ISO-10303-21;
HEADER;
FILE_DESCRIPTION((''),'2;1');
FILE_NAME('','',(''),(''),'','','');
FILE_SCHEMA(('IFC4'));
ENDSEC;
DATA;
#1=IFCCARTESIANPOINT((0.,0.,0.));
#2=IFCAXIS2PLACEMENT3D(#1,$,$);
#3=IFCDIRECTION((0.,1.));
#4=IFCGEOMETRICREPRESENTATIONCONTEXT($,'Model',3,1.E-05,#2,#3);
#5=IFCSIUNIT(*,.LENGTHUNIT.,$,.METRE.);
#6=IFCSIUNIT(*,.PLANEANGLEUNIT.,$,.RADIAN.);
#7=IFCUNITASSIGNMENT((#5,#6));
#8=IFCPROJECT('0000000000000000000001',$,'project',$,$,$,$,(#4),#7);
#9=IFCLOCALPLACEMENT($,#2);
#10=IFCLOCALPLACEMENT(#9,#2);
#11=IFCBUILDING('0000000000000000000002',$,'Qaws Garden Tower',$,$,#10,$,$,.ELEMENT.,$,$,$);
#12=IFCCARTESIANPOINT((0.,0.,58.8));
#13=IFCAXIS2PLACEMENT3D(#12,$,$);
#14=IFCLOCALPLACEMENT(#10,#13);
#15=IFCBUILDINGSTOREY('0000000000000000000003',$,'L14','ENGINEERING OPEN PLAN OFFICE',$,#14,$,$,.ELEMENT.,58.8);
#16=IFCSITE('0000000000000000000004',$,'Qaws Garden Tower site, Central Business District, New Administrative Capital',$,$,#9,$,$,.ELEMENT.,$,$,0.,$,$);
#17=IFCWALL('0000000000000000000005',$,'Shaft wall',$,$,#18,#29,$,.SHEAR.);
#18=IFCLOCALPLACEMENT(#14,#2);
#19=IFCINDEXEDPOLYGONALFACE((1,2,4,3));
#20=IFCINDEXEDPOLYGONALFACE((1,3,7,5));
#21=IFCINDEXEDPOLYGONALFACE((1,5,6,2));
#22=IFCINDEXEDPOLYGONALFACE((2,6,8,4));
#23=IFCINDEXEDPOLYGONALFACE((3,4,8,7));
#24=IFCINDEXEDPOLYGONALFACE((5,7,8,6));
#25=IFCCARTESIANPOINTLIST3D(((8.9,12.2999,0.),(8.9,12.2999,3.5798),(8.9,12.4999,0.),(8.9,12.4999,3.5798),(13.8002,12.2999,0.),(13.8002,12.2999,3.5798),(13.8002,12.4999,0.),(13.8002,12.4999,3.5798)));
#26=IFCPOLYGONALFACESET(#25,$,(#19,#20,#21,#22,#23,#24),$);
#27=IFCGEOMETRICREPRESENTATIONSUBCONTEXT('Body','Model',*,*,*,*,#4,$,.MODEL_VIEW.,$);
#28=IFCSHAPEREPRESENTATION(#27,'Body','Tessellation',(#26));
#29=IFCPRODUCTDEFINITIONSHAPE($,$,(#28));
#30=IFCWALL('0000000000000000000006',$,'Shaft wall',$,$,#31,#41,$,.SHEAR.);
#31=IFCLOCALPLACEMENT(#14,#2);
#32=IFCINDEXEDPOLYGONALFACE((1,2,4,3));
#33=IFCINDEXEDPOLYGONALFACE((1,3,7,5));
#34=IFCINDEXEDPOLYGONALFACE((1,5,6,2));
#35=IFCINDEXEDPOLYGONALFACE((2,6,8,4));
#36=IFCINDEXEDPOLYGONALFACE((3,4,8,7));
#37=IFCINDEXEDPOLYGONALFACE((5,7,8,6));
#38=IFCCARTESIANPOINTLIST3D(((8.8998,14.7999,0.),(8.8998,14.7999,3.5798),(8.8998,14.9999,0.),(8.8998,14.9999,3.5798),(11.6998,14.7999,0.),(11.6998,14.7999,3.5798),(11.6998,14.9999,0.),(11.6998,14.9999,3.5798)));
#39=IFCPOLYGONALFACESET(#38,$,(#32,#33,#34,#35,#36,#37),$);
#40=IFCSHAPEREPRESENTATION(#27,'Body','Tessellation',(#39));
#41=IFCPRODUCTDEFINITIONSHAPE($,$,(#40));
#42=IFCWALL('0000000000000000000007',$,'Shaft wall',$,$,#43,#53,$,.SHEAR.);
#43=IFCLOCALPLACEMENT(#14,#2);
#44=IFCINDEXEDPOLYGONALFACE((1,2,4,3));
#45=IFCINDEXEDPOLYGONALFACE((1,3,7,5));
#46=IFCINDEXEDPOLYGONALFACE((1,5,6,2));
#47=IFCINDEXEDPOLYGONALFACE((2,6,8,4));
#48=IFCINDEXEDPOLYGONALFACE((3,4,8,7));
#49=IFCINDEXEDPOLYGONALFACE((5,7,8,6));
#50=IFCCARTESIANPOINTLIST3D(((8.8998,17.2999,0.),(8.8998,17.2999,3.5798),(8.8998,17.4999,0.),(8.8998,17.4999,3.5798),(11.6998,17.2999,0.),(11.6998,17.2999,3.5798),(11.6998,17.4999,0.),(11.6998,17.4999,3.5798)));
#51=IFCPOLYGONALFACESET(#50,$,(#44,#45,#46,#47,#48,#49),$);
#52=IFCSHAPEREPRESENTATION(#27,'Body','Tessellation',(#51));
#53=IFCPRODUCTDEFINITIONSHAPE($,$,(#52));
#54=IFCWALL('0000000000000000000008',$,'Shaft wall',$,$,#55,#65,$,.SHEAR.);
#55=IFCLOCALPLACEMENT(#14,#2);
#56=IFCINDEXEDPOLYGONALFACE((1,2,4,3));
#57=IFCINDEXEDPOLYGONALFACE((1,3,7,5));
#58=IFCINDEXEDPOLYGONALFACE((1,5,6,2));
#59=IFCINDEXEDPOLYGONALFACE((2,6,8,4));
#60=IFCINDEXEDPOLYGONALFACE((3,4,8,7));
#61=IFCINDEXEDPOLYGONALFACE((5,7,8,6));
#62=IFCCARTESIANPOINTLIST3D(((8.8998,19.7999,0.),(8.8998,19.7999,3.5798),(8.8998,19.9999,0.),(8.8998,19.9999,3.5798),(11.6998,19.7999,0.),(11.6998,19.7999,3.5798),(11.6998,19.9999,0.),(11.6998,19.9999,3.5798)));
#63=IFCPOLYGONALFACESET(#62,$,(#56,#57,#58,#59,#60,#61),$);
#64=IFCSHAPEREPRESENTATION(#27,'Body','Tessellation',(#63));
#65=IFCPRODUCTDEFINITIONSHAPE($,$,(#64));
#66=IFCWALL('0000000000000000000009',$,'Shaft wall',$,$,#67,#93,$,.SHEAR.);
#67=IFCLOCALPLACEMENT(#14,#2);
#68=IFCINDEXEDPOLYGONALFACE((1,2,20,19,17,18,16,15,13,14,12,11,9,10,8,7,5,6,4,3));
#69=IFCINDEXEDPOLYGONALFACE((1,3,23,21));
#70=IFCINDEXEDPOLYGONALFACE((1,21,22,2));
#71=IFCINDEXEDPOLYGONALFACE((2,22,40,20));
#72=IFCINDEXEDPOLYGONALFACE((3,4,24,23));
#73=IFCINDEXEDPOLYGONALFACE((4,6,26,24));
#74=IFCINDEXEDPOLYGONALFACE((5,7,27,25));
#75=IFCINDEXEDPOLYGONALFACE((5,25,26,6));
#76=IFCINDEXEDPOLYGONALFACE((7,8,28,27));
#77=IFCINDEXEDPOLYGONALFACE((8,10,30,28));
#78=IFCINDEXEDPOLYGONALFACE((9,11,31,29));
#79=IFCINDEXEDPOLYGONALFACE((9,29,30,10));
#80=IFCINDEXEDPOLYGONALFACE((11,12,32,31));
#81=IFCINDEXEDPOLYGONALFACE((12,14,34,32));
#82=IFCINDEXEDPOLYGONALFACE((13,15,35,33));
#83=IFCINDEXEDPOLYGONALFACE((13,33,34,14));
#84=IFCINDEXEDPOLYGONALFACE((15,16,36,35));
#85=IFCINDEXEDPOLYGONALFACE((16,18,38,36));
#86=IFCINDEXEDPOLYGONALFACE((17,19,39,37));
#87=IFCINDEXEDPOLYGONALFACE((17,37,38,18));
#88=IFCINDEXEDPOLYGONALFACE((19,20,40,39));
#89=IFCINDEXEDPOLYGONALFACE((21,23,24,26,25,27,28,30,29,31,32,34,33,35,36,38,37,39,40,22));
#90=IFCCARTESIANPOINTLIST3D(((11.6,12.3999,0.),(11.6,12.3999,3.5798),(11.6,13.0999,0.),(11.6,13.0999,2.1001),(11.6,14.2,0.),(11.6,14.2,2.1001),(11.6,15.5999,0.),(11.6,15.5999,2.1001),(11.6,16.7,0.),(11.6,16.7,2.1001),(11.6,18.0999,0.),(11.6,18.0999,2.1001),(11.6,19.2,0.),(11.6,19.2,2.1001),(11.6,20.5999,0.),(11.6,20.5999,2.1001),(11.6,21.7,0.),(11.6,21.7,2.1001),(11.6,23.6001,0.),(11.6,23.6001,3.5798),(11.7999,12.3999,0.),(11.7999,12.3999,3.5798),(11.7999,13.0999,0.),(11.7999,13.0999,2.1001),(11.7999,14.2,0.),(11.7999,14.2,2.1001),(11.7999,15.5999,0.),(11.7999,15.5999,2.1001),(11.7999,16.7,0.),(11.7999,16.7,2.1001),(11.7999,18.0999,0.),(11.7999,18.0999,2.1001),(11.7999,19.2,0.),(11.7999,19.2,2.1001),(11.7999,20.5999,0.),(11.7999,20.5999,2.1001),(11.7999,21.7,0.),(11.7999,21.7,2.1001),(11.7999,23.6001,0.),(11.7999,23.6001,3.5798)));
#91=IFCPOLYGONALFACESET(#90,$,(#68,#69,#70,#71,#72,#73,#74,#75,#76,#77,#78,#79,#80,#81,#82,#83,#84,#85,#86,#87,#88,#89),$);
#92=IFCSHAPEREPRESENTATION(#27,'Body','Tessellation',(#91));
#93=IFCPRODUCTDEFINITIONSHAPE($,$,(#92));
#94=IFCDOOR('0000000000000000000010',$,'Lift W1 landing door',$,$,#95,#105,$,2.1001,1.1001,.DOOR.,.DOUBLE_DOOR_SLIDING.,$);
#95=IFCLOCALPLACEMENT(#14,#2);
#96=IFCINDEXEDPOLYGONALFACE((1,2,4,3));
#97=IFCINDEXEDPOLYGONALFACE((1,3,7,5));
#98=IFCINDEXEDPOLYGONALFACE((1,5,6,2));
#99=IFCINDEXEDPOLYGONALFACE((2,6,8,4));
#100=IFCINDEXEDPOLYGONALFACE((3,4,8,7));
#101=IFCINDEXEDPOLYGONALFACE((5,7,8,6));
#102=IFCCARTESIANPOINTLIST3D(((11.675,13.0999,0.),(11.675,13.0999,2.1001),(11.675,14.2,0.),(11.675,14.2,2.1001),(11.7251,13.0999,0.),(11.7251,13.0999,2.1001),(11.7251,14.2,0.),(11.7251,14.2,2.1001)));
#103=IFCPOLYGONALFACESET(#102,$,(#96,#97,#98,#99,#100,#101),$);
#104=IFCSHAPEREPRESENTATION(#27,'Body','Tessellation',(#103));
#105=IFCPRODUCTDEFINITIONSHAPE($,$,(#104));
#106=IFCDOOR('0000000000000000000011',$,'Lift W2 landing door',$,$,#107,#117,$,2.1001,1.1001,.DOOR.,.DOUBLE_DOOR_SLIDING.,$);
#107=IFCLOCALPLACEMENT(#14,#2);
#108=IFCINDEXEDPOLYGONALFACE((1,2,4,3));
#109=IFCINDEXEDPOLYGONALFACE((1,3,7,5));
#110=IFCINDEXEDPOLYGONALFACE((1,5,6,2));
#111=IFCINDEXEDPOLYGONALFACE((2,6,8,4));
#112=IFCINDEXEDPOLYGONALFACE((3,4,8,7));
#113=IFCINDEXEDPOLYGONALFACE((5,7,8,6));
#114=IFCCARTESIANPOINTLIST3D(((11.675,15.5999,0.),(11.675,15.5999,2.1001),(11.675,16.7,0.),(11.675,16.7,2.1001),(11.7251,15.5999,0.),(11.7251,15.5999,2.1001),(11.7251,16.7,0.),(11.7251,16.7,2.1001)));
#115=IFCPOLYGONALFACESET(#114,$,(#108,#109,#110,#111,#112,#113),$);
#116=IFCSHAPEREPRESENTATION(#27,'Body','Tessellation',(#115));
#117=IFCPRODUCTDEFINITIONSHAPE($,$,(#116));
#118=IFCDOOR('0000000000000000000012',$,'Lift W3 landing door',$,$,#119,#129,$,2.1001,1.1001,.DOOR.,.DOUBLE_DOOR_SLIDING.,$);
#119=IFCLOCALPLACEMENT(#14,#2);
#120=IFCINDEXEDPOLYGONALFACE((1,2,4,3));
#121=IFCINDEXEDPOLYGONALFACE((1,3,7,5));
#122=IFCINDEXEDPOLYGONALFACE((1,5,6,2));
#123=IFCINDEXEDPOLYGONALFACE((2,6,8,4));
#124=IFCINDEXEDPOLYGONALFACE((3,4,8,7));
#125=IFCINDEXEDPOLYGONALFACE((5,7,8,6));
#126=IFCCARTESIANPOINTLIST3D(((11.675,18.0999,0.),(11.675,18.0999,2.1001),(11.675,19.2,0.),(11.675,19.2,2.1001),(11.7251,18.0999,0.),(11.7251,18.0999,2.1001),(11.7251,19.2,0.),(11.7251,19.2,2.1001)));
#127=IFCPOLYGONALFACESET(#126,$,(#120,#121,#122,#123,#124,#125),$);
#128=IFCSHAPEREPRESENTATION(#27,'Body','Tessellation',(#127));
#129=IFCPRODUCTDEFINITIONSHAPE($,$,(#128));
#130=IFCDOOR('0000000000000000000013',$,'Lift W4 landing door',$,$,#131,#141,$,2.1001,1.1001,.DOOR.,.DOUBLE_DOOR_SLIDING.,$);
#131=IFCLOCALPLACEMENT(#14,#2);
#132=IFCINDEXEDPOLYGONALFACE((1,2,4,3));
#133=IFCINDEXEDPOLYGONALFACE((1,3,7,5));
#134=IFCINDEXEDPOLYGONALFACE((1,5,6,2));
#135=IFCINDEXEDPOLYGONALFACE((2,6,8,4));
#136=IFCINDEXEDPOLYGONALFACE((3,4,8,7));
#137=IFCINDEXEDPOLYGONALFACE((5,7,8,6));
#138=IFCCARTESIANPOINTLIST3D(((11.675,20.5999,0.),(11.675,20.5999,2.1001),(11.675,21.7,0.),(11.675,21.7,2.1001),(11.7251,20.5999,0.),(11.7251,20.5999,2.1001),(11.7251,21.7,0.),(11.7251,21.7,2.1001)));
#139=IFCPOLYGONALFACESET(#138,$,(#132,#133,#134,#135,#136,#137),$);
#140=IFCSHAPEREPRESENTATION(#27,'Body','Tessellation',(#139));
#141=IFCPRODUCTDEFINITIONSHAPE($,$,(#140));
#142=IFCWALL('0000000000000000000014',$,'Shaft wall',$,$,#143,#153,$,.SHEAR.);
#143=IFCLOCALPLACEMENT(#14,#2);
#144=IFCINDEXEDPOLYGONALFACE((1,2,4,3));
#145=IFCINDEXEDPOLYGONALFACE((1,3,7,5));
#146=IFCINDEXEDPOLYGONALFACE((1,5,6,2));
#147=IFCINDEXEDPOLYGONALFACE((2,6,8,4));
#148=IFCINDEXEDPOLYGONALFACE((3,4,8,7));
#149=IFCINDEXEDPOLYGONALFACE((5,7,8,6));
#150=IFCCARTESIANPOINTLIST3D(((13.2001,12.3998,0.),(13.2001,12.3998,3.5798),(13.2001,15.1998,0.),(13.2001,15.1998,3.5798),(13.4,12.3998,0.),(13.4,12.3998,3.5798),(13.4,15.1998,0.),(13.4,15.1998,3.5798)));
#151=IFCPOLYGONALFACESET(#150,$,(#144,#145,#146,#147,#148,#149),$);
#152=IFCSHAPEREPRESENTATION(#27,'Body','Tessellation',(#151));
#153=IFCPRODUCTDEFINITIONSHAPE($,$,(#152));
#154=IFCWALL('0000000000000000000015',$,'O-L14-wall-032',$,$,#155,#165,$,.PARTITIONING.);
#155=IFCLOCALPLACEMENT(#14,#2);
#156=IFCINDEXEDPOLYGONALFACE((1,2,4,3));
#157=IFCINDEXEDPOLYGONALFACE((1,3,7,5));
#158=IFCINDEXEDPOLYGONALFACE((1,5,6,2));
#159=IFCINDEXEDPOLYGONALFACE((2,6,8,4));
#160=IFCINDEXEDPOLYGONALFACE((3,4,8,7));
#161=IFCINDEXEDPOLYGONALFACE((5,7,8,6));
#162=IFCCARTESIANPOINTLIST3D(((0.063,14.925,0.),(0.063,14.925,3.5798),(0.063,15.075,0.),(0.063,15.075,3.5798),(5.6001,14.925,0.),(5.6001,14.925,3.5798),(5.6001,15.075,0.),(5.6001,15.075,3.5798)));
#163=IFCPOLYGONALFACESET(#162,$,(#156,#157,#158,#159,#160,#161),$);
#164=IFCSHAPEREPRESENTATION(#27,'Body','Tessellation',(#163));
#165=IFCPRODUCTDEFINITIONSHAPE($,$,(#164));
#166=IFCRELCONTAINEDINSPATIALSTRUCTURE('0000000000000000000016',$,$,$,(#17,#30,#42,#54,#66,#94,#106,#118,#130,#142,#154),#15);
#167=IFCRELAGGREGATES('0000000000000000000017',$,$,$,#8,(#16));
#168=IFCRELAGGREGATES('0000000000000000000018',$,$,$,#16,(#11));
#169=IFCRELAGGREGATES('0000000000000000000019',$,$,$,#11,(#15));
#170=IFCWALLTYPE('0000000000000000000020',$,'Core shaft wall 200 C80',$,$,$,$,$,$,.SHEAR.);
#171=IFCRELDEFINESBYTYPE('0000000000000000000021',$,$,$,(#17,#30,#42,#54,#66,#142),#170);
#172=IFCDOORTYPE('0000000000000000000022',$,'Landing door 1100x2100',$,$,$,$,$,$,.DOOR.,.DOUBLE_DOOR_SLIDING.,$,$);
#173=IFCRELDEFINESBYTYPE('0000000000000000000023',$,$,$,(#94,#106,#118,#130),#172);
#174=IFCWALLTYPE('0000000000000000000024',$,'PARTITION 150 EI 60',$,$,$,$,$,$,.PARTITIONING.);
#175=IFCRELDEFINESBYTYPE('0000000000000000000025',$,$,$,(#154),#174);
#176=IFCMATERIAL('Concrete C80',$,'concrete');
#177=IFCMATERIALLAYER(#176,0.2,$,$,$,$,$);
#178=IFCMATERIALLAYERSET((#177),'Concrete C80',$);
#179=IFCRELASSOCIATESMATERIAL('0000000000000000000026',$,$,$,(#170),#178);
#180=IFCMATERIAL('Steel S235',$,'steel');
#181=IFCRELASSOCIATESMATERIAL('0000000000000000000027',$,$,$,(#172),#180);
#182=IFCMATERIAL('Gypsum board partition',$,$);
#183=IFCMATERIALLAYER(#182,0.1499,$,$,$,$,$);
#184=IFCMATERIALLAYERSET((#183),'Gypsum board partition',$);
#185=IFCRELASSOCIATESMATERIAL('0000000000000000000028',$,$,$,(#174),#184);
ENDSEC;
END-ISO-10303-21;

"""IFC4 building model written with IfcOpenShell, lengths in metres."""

from ifc_helpers import new_model, si_unit, direction, frame, frame_2d, origin, place, context, subcontext, project, spatial, rectangle, extrude, material, layer, layer_set, type_object, element, fill, save


model = new_model("IFC4")

# Units and contexts
model_context = context("Model", 3, precision=1e-05, world=origin(), true_north=direction((0.0, 1.0)))
body_context = subcontext(model_context, "Body", "Model", "MODEL_VIEW")
ifc_project = project(units=[si_unit("LENGTHUNIT", "METRE"), si_unit("PLANEANGLEUNIT", "RADIAN")], contexts=[model_context])

# Site, building, storey
site_placement = place(None, origin())
site = spatial("IfcSite", under=ifc_project, at=site_placement, Name="Qaws Garden Tower site, Central Business District, New Administrative Capital", CompositionType="ELEMENT", RefElevation=0.0)
building_placement = place(site_placement, origin())
building = spatial("IfcBuilding", under=site, at=building_placement, Name="Qaws Garden Tower", CompositionType="ELEMENT")
storey_placement = place(building_placement, frame((0.0, 0.0, 58.8)))
storey = spatial("IfcBuildingStorey", under=building, at=storey_placement, Name="L14", Description="ENGINEERING OPEN PLAN OFFICE", CompositionType="ELEMENT", Elevation=58.8)

# Walls
ifc_material_1 = material(Name="Concrete C80", Category="concrete")
ifc_layer_1 = layer(ifc_material_1, 0.2)
ifc_layer_set_1 = layer_set([ifc_layer_1], Name="Concrete C80")
wall_type_1 = type_object("IfcWallType", Name="Core shaft wall 200 C80", PredefinedType="SHEAR", material=ifc_layer_set_1)
wall_1_placement = place(storey_placement, frame((8.8999, 12.3999, 0.0), z_axis=(0.0, 0.0, 1.0), x_axis=(1.0, 0.0, 0.0)))
element("IfcWall", 1, at=wall_1_placement, inside=storey, type_object=wall_type_1, Name="Shaft wall", PredefinedType="SHEAR", context=body_context, shape_type="SweptSolid", body=[
    extrude(rectangle(XDim=4.9001, YDim=0.2, at=frame_2d((2.4502, 0.0))), origin(), (0.0, 0.0, 1.0), 3.5798),
])
for number, where, z_axis, x_axis, name in (
    (2, (8.8999, 14.8999, 0.0), (0.0, 0.0, 1.0), (1.0, 0.0, 0.0), "Shaft wall"),
    (3, (8.8999, 17.3999, 0.0), (0.0, 0.0, 1.0), (1.0, 0.0, 0.0), "Shaft wall"),
    (4, (8.8999, 19.8999, 0.0), (0.0, 0.0, 1.0), (1.0, 0.0, 0.0), "Shaft wall"),
):
    element("IfcWall", number, at=place(storey_placement, frame(where, z_axis=z_axis, x_axis=x_axis)), inside=storey, type_object=wall_type_1, Name=name, PredefinedType="SHEAR", context=body_context, shape_type="SweptSolid", body=[
        extrude(rectangle(XDim=2.8, YDim=0.2, at=frame_2d((1.3999, 0.0))), origin(), (0.0, 0.0, 1.0), 3.5798),
    ])

# Wall, openings, doors
wall_2_placement = place(storey_placement, frame((11.7, 12.3999, 0.0), z_axis=(0.0, 0.0, 1.0), x_axis=(0.0, 1.0, 0.0)))
wall_2 = element("IfcWall", 5, at=wall_2_placement, inside=storey, type_object=wall_type_1, Name="Shaft wall", PredefinedType="SHEAR", context=body_context, shape_type="SweptSolid", body=[
    extrude(rectangle(XDim=11.2002, YDim=0.2, at=frame_2d((5.6001, 0.0))), origin(), (0.0, 0.0, 1.0), 3.5798),
])
opening_1_placement = place(wall_2_placement, frame((0.7, 0.0, 0.0)))
opening_1 = element("IfcOpeningElement", 6, at=opening_1_placement, cuts=wall_2, PredefinedType="OPENING", context=body_context, shape_type="SweptSolid", body=[
    extrude(rectangle(XDim=1.1001, YDim=2.1001, at=frame_2d((0.55, 1.05))), frame((0.0, 0.1099, 0.0), z_axis=(0.0, -1.0, 0.0), x_axis=(1.0, 0.0, 0.0)), (0.0, 0.0, 1.0), 0.22),
])
opening_2_placement = place(wall_2_placement, frame((3.2, 0.0, 0.0)))
opening_2 = element("IfcOpeningElement", 7, at=opening_2_placement, cuts=wall_2, PredefinedType="OPENING", context=body_context, shape_type="SweptSolid", body=[
    extrude(rectangle(XDim=1.1001, YDim=2.1001, at=frame_2d((0.55, 1.05))), frame((0.0, 0.1099, 0.0), z_axis=(0.0, -1.0, 0.0), x_axis=(1.0, 0.0, 0.0)), (0.0, 0.0, 1.0), 0.22),
])
opening_3_placement = place(wall_2_placement, frame((5.7, 0.0, 0.0)))
opening_3 = element("IfcOpeningElement", 8, at=opening_3_placement, cuts=wall_2, PredefinedType="OPENING", context=body_context, shape_type="SweptSolid", body=[
    extrude(rectangle(XDim=1.1001, YDim=2.1001, at=frame_2d((0.55, 1.05))), frame((0.0, 0.1099, 0.0), z_axis=(0.0, -1.0, 0.0), x_axis=(1.0, 0.0, 0.0)), (0.0, 0.0, 1.0), 0.22),
])
opening_4_placement = place(wall_2_placement, frame((8.2, 0.0, 0.0)))
opening_4 = element("IfcOpeningElement", 9, at=opening_4_placement, cuts=wall_2, PredefinedType="OPENING", context=body_context, shape_type="SweptSolid", body=[
    extrude(rectangle(XDim=1.1001, YDim=2.1001, at=frame_2d((0.55, 1.05))), frame((0.0, 0.1099, 0.0), z_axis=(0.0, -1.0, 0.0), x_axis=(1.0, 0.0, 0.0)), (0.0, 0.0, 1.0), 0.22),
])
ifc_material_2 = material(Name="Steel S235", Category="steel")
door_type = type_object("IfcDoorType", Name="Landing door 1100x2100", OperationType="DOUBLE_DOOR_SLIDING", PredefinedType="DOOR", material=ifc_material_2)
door_1_placement = place(opening_1_placement, origin())
door_1 = element("IfcDoor", 10, at=door_1_placement, inside=storey, type_object=door_type, Name="Lift W1 landing door", OperationType="DOUBLE_DOOR_SLIDING", OverallHeight=2.1001, OverallWidth=1.1001, PredefinedType="DOOR", context=body_context, shape_type="SweptSolid", body=[
    extrude(rectangle(XDim=1.1001, YDim=2.1001, at=frame_2d((0.55, 1.05))), frame((0.0, 0.0249, 0.0), z_axis=(0.0, -1.0, 0.0), x_axis=(1.0, 0.0, 0.0)), (0.0, 0.0, 1.0), 0.05),
])
fill(opening_1, door_1)
door_2_placement = place(opening_2_placement, origin())
door_2 = element("IfcDoor", 11, at=door_2_placement, inside=storey, type_object=door_type, Name="Lift W2 landing door", OperationType="DOUBLE_DOOR_SLIDING", OverallHeight=2.1001, OverallWidth=1.1001, PredefinedType="DOOR", context=body_context, shape_type="SweptSolid", body=[
    extrude(rectangle(XDim=1.1001, YDim=2.1001, at=frame_2d((0.55, 1.05))), frame((0.0, 0.0249, 0.0), z_axis=(0.0, -1.0, 0.0), x_axis=(1.0, 0.0, 0.0)), (0.0, 0.0, 1.0), 0.05),
])
fill(opening_2, door_2)
door_3_placement = place(opening_3_placement, origin())
door_3 = element("IfcDoor", 12, at=door_3_placement, inside=storey, type_object=door_type, Name="Lift W3 landing door", OperationType="DOUBLE_DOOR_SLIDING", OverallHeight=2.1001, OverallWidth=1.1001, PredefinedType="DOOR", context=body_context, shape_type="SweptSolid", body=[
    extrude(rectangle(XDim=1.1001, YDim=2.1001, at=frame_2d((0.55, 1.05))), frame((0.0, 0.0249, 0.0), z_axis=(0.0, -1.0, 0.0), x_axis=(1.0, 0.0, 0.0)), (0.0, 0.0, 1.0), 0.05),
])
fill(opening_3, door_3)
door_4_placement = place(opening_4_placement, origin())
door_4 = element("IfcDoor", 13, at=door_4_placement, inside=storey, type_object=door_type, Name="Lift W4 landing door", OperationType="DOUBLE_DOOR_SLIDING", OverallHeight=2.1001, OverallWidth=1.1001, PredefinedType="DOOR", context=body_context, shape_type="SweptSolid", body=[
    extrude(rectangle(XDim=1.1001, YDim=2.1001, at=frame_2d((0.55, 1.05))), frame((0.0, 0.0249, 0.0), z_axis=(0.0, -1.0, 0.0), x_axis=(1.0, 0.0, 0.0)), (0.0, 0.0, 1.0), 0.05),
])
fill(opening_4, door_4)

# Walls
wall_3_placement = place(storey_placement, frame((13.3, 12.3999, 0.0), z_axis=(0.0, 0.0, 1.0), x_axis=(0.0, 1.0, 0.0)))
element("IfcWall", 14, at=wall_3_placement, inside=storey, type_object=wall_type_1, Name="Shaft wall", PredefinedType="SHEAR", context=body_context, shape_type="SweptSolid", body=[
    extrude(rectangle(XDim=2.8, YDim=0.2, at=frame_2d((1.3999, 0.0))), origin(), (0.0, 0.0, 1.0), 3.5798),
])
ifc_material_3 = material(Name="Gypsum board partition")
ifc_layer_2 = layer(ifc_material_3, 0.1499)
ifc_layer_set_2 = layer_set([ifc_layer_2], Name="Gypsum board partition")
wall_type_2 = type_object("IfcWallType", Name="PARTITION 150 EI 60", PredefinedType="PARTITIONING", material=ifc_layer_set_2)
wall_4_placement = place(storey_placement, frame((0.063, 15.0, 0.0), z_axis=(0.0, 0.0, 1.0), x_axis=(1.0, 0.0, 0.0)))
element("IfcWall", 15, at=wall_4_placement, inside=storey, type_object=wall_type_2, Name="O-L14-wall-032", PredefinedType="PARTITIONING", context=body_context, shape_type="SweptSolid", body=[
    extrude(rectangle(XDim=5.5371, YDim=0.1499, at=frame_2d((2.7686, 0.0))), origin(), (0.0, 0.0, 1.0), 3.5798),
])

save(model, "model.ifc")
